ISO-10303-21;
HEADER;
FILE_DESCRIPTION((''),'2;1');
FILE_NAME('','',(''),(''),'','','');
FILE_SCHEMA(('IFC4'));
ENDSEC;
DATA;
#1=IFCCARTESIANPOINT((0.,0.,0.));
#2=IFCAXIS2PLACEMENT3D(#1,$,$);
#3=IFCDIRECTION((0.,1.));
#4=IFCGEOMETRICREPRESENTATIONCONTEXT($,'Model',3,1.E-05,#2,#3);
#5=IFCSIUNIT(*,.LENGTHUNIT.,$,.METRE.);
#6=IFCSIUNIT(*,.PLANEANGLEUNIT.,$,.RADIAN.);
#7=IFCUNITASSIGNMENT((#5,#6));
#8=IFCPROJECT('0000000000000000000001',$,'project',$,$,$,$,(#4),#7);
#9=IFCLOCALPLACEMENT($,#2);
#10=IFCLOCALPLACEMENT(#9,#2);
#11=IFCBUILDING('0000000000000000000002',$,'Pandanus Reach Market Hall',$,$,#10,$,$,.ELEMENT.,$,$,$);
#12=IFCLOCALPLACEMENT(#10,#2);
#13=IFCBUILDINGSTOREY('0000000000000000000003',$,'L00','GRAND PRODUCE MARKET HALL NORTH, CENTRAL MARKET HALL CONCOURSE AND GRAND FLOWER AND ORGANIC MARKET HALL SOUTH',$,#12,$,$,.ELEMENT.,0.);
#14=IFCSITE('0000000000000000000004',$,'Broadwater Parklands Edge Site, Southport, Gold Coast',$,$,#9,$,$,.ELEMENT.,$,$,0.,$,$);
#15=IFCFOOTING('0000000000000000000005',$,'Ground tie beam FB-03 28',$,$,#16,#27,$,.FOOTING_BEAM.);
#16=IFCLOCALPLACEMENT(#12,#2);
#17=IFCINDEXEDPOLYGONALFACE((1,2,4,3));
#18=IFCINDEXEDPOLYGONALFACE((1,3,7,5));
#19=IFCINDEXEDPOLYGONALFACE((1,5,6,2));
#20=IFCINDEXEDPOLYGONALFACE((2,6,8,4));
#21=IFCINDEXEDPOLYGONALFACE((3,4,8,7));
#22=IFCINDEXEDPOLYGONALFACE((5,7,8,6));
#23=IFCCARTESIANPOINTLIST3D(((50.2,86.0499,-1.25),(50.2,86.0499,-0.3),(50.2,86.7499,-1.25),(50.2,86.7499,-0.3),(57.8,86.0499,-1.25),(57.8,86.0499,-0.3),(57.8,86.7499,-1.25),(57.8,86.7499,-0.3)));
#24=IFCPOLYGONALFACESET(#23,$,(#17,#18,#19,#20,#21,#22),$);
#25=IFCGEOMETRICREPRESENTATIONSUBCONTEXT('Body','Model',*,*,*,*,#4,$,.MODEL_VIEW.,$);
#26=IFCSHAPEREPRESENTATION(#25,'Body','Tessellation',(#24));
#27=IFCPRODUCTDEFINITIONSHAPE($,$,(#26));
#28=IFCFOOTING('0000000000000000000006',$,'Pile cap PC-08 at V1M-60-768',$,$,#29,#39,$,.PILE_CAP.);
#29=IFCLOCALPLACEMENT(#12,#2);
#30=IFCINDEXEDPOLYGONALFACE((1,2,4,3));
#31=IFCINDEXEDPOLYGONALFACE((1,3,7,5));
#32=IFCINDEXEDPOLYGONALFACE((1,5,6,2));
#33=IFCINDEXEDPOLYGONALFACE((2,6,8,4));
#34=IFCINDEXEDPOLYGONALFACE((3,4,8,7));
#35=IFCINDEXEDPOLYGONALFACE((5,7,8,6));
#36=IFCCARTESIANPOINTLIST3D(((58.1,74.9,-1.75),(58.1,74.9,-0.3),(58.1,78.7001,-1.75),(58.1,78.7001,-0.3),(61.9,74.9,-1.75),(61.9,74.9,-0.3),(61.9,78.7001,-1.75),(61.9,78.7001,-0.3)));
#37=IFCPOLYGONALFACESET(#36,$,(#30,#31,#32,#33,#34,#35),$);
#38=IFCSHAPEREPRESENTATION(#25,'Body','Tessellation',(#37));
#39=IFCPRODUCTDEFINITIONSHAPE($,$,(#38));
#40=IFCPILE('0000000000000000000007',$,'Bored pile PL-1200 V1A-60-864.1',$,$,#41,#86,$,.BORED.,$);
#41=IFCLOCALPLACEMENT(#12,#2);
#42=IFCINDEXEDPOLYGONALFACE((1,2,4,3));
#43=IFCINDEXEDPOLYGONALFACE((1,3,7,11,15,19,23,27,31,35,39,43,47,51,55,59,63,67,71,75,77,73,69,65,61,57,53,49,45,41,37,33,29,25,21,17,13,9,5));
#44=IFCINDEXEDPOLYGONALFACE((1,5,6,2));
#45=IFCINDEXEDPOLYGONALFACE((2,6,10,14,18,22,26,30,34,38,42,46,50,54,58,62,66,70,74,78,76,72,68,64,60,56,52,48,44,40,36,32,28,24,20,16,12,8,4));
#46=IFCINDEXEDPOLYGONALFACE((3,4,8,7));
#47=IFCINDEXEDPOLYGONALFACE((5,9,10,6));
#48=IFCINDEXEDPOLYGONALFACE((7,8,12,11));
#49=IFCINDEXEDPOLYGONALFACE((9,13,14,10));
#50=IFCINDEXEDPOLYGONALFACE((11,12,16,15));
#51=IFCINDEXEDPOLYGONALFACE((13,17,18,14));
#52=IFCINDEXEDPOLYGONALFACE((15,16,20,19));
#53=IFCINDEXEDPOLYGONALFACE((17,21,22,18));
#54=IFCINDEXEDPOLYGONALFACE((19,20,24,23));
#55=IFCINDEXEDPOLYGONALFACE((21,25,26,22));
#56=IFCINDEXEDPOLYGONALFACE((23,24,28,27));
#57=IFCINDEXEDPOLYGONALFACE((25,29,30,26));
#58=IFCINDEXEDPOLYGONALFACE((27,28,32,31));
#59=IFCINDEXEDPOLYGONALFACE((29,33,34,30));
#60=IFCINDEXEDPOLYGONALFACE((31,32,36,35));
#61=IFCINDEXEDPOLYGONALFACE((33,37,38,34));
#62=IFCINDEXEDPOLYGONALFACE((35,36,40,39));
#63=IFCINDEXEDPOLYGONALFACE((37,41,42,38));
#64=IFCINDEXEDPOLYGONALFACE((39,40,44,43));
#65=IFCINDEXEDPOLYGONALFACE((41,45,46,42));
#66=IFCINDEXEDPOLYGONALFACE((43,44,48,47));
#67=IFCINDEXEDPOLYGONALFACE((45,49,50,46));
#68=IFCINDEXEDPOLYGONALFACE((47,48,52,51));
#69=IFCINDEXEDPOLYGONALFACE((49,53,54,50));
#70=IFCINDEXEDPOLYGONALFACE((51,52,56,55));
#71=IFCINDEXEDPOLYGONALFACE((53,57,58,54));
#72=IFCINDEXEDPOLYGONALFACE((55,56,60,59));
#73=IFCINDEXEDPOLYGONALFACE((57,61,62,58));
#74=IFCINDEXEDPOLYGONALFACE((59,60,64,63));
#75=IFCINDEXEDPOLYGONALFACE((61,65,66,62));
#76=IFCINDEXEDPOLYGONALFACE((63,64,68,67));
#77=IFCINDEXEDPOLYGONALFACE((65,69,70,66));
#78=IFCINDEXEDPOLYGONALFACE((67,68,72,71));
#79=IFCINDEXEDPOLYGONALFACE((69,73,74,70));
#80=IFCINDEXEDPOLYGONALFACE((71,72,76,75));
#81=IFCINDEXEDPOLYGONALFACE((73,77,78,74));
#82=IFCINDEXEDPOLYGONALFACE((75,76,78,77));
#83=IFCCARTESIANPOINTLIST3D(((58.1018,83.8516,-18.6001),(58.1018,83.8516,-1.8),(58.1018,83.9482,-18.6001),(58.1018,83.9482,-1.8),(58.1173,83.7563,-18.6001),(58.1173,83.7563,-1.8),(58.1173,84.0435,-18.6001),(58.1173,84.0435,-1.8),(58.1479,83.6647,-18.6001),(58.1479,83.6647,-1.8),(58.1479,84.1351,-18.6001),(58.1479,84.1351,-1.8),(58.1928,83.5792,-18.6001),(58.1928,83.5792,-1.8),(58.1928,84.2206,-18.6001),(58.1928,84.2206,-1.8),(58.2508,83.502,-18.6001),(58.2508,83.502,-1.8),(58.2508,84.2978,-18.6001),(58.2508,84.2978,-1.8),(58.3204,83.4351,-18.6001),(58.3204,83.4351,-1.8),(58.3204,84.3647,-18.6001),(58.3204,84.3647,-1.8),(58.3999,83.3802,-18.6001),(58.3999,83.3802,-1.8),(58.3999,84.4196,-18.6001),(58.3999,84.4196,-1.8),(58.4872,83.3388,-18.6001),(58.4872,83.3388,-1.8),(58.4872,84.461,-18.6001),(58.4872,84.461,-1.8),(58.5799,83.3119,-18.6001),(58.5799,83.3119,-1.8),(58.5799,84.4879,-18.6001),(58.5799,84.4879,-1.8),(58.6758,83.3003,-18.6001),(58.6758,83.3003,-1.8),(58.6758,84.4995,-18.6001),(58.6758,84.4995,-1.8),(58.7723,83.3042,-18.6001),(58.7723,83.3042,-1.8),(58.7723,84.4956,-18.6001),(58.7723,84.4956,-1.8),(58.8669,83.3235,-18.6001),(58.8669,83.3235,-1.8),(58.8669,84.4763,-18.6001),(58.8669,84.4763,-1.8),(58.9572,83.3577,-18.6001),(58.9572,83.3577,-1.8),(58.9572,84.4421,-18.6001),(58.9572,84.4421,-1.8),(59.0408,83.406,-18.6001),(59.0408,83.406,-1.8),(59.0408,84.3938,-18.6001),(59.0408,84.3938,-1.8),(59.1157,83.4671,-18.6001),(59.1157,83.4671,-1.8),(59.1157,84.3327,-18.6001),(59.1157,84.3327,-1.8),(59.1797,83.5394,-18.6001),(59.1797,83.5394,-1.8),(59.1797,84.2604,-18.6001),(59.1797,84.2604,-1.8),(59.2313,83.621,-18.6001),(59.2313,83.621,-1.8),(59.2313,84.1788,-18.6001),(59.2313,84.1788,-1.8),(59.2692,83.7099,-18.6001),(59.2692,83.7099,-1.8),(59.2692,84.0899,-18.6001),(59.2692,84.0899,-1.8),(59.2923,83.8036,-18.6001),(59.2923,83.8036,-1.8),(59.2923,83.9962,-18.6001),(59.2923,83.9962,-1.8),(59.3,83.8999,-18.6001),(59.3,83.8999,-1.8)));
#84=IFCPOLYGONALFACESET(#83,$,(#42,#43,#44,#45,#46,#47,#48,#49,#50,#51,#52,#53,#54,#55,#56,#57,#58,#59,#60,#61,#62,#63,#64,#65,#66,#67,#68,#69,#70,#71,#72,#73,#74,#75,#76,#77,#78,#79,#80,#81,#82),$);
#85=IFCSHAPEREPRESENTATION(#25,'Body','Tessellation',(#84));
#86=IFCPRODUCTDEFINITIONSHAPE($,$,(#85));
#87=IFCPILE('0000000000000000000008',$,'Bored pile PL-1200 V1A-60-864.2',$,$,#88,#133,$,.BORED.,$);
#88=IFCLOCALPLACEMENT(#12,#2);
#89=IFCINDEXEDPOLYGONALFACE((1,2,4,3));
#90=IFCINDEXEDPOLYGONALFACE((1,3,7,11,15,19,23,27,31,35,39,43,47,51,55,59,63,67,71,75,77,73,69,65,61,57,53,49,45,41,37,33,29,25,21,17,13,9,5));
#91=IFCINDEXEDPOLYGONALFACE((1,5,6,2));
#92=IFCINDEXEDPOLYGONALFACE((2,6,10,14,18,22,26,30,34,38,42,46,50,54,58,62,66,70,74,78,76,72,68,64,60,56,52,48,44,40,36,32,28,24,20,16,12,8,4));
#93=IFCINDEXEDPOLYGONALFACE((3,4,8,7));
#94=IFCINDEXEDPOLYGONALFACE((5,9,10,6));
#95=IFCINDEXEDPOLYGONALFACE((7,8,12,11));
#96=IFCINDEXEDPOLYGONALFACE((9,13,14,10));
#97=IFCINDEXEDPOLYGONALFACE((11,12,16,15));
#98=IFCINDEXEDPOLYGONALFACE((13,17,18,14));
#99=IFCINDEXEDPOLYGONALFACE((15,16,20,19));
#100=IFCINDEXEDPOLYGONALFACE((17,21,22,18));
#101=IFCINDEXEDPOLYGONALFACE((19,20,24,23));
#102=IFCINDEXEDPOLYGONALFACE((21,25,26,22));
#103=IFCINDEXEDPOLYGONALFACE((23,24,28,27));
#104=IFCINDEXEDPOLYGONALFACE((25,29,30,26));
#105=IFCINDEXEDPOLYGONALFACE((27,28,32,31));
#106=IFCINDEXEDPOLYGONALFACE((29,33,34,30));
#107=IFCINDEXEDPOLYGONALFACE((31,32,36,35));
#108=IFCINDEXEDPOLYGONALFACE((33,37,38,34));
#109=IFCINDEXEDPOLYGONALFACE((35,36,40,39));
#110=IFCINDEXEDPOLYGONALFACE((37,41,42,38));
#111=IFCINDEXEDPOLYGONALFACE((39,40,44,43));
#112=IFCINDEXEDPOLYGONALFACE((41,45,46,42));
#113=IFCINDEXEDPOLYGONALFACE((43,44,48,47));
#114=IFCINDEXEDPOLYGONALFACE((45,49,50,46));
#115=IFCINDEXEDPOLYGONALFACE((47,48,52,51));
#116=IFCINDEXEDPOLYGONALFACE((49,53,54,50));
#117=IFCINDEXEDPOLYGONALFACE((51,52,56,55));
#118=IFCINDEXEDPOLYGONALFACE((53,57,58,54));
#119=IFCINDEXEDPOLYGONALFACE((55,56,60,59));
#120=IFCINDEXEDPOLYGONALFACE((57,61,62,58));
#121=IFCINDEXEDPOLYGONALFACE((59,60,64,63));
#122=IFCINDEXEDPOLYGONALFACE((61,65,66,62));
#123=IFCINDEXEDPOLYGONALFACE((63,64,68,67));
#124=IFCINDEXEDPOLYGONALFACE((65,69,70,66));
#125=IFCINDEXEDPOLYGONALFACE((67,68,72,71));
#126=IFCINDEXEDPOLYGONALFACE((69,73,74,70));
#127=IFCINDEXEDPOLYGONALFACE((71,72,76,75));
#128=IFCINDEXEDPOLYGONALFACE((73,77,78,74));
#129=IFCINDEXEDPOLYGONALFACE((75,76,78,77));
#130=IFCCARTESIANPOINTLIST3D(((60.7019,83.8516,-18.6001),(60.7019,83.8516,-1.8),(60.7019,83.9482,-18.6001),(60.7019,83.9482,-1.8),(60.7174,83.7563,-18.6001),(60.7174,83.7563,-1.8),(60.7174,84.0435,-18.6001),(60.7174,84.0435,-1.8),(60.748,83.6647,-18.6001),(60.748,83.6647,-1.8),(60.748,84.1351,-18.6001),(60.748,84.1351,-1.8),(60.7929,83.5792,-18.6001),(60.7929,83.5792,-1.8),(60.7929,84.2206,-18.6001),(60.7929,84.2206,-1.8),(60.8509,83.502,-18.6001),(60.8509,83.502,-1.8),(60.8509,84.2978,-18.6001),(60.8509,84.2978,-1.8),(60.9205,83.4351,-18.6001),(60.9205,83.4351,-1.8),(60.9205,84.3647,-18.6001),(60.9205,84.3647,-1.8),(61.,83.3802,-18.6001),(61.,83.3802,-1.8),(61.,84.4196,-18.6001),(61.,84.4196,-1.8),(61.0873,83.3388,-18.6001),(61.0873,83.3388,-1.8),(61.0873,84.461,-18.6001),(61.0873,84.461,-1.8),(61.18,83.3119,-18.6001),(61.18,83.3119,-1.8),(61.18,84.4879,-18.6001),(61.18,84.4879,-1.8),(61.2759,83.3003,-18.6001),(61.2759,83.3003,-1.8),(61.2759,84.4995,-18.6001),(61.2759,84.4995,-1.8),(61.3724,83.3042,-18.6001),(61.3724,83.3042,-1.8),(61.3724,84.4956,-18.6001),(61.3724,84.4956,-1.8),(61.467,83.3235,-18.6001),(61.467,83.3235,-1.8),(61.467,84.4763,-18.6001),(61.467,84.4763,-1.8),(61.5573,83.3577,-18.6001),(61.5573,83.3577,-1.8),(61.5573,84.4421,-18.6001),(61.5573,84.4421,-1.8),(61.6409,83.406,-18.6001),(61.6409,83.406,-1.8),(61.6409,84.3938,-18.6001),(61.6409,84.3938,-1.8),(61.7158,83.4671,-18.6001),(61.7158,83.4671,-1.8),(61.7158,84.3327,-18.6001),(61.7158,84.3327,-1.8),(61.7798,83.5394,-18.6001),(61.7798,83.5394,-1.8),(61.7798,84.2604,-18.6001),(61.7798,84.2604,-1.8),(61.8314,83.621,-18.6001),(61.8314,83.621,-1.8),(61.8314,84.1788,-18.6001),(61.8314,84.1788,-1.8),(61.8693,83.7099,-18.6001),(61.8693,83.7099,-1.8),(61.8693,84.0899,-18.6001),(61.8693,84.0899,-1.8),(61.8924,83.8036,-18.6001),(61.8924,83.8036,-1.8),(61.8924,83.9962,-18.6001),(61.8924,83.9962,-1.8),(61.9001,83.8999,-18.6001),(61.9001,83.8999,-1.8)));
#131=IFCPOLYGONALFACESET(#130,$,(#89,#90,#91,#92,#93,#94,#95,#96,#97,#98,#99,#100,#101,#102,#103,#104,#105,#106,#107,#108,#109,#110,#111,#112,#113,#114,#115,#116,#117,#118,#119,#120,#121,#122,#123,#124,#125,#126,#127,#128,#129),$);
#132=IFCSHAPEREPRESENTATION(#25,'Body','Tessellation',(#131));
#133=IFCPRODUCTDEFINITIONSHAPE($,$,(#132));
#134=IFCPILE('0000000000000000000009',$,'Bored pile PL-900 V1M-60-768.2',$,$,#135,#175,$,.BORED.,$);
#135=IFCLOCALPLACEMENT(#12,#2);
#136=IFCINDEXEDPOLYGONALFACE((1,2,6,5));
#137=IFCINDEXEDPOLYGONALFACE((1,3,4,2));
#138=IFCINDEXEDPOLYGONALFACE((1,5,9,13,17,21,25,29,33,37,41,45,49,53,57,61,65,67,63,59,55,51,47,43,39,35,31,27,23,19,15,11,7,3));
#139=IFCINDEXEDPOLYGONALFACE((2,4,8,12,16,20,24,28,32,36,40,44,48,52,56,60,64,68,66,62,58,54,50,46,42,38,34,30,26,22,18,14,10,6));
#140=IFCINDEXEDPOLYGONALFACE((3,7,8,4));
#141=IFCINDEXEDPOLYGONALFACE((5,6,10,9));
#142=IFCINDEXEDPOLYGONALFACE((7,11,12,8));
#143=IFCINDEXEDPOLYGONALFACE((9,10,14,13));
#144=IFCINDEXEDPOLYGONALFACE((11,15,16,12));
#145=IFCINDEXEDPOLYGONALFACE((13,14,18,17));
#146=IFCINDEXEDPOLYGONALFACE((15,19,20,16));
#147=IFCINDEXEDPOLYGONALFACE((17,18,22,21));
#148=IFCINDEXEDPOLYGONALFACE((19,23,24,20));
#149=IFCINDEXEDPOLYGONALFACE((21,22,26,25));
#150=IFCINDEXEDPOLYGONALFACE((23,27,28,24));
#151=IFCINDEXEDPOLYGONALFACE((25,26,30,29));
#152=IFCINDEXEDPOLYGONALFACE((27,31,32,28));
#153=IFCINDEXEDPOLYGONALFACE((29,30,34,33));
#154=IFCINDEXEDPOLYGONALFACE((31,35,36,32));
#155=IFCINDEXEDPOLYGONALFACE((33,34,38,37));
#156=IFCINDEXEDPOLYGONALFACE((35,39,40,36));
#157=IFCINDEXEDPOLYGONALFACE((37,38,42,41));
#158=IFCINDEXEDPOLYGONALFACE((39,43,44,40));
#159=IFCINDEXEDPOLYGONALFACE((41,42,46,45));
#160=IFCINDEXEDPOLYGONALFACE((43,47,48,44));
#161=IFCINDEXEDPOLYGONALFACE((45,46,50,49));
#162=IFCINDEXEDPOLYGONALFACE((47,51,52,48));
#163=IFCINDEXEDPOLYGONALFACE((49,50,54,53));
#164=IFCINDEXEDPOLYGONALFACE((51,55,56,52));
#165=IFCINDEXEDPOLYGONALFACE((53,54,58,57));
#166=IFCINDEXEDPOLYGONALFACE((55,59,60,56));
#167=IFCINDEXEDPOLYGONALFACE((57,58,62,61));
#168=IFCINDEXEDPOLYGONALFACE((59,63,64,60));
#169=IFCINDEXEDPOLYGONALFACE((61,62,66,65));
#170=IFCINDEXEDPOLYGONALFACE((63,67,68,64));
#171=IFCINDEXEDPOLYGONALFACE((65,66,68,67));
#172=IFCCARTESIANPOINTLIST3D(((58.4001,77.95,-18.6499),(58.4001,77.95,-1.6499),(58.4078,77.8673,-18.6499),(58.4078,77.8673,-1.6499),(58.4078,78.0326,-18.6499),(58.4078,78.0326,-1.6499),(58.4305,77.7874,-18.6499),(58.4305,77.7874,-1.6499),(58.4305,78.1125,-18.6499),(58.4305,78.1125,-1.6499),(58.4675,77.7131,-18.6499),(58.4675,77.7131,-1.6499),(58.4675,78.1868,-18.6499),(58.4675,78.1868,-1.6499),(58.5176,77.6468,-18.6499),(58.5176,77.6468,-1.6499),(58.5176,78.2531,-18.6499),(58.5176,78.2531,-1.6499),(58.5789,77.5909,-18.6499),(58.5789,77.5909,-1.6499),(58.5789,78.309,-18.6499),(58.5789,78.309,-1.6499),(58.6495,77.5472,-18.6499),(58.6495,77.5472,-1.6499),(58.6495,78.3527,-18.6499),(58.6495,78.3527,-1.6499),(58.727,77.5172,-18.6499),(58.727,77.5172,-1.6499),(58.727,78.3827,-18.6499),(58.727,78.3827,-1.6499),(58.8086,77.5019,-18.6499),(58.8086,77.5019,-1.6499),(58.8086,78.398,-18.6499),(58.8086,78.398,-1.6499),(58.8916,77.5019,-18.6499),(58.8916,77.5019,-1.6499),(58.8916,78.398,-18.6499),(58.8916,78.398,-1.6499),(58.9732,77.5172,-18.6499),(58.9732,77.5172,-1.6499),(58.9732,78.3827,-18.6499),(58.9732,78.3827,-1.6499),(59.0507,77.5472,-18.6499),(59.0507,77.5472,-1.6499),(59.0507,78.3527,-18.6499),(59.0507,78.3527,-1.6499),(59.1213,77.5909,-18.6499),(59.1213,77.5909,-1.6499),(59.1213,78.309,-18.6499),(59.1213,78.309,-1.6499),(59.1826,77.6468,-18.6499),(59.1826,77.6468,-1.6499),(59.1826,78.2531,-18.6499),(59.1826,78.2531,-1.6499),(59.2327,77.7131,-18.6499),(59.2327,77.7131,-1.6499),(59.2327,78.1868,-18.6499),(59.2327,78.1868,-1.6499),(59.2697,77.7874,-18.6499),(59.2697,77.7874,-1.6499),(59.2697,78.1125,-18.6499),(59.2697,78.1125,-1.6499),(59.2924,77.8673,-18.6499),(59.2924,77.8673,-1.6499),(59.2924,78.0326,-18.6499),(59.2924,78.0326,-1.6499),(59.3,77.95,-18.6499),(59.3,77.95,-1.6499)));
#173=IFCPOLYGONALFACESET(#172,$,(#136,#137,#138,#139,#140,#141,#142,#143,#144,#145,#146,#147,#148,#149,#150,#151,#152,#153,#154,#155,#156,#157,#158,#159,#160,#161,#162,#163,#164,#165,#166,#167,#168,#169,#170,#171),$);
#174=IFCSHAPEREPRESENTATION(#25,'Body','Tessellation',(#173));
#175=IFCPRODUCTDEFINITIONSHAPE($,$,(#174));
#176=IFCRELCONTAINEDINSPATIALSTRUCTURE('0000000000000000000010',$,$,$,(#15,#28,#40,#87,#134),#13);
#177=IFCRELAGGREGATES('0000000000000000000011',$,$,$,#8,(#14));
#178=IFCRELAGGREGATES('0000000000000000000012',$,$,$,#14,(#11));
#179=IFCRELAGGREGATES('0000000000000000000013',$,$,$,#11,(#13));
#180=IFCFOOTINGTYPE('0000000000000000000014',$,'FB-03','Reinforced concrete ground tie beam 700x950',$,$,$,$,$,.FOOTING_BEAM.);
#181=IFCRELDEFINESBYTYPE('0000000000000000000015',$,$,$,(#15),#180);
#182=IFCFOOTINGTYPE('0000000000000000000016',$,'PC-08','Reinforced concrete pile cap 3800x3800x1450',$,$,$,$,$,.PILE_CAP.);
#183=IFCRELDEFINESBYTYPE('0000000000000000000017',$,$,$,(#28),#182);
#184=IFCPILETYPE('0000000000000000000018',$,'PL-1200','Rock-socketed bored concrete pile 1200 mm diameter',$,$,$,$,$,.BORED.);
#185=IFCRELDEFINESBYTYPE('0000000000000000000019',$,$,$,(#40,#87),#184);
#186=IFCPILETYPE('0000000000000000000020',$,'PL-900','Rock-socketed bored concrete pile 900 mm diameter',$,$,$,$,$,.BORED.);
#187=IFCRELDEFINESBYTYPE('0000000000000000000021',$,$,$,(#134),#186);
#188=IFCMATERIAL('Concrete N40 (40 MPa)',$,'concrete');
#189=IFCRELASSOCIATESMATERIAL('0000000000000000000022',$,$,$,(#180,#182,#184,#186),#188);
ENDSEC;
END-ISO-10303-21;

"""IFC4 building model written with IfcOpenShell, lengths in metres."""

from ifc_helpers import new_model, si_unit, direction, frame, origin, origin_2d, place, context, subcontext, project, spatial, rectangle, circle, extrude, material, material_profile, profile_set, type_object, element, save


model = new_model("IFC4")

# Units and contexts
model_context = context("Model", 3, precision=1e-05, world=origin(), true_north=direction((0.0, 1.0)))
body_context = subcontext(model_context, "Body", "Model", "MODEL_VIEW")
ifc_project = project(units=[si_unit("LENGTHUNIT", "METRE"), si_unit("PLANEANGLEUNIT", "RADIAN")], contexts=[model_context])

# Site, building, storey
site_placement = place(None, origin())
site = spatial("IfcSite", under=ifc_project, at=site_placement, Name="Broadwater Parklands Edge Site, Southport, Gold Coast", CompositionType="ELEMENT", RefElevation=0.0)
building_placement = place(site_placement, origin())
building = spatial("IfcBuilding", under=site, at=building_placement, Name="Pandanus Reach Market Hall", CompositionType="ELEMENT")
storey_placement = place(building_placement, origin())
storey = spatial("IfcBuildingStorey", under=building, at=storey_placement, Name="L00", Description="GRAND PRODUCE MARKET HALL NORTH, CENTRAL MARKET HALL CONCOURSE AND GRAND FLOWER AND ORGANIC MARKET HALL SOUTH", CompositionType="ELEMENT", Elevation=0.0)

# Footings
ifc_material_1 = material(Name="Concrete N40 (40 MPa)", Category="concrete")
footing_type_1 = type_object("IfcFootingType", Name="FB-03", Description="Reinforced concrete ground tie beam 700x950", PredefinedType="FOOTING_BEAM", material=ifc_material_1)
footing_1_placement = place(storey_placement, frame((54.0, 86.3999, -1.25), z_axis=(0.0, 0.0, 1.0), x_axis=(1.0, 0.0, 0.0)))
element("IfcFooting", 1, at=footing_1_placement, inside=storey, type_object=footing_type_1, Name="Ground tie beam FB-03 28", PredefinedType="FOOTING_BEAM", context=body_context, shape_type="SweptSolid", body=[
    extrude(rectangle(XDim=7.6001, YDim=0.7, at=origin_2d()), origin(), (0.0, 0.0, 1.0), 0.95),
])
footing_type_2 = type_object("IfcFootingType", Name="PC-08", Description="Reinforced concrete pile cap 3800x3800x1450", PredefinedType="PILE_CAP", material=ifc_material_1)
footing_2_placement = place(storey_placement, frame((60.0, 76.8, -1.75), z_axis=(0.0, 0.0, 1.0), x_axis=(1.0, 0.0, 0.0)))
element("IfcFooting", 2, at=footing_2_placement, inside=storey, type_object=footing_type_2, Name="Pile cap PC-08 at V1M-60-768", PredefinedType="PILE_CAP", context=body_context, shape_type="SweptSolid", body=[
    extrude(rectangle(XDim=3.8, YDim=3.8, at=origin_2d()), origin(), (0.0, 0.0, 1.0), 1.45),
])

# Piles
ifc_material_profile_1 = material_profile(ifc_material_1, circle(Radius=0.6001, at=origin_2d()), Name="PILE-1200D", Category="LoadBearing")
ifc_profile_set_1 = profile_set([ifc_material_profile_1], Name="Concrete N40 (40 MPa)")
pile_type_1 = type_object("IfcPileType", Name="PL-1200", Description="Rock-socketed bored concrete pile 1200 mm diameter", PredefinedType="BORED", material=ifc_profile_set_1)
for number, where, z_axis, x_axis, name in (
    (3, (58.7, 83.8999, -1.8), (0.0, 0.0, -1.0), (1.0, 0.0, 0.0), "Bored pile PL-1200 V1A-60-864.1"),
    (4, (61.3, 83.8999, -1.8), (0.0, 0.0, -1.0), (1.0, 0.0, 0.0), "Bored pile PL-1200 V1A-60-864.2"),
):
    element("IfcPile", number, at=place(storey_placement, frame(where, z_axis=z_axis, x_axis=x_axis)), inside=storey, type_object=pile_type_1, Name=name, PredefinedType="BORED", context=body_context, shape_type="SweptSolid", body=[
        extrude(circle(Radius=0.6001, at=origin_2d()), origin(), (0.0, 0.0, 1.0), 16.8),
    ])
ifc_material_profile_2 = material_profile(ifc_material_1, circle(Radius=0.45, at=origin_2d()), Name="PILE-900D", Category="LoadBearing")
ifc_profile_set_2 = profile_set([ifc_material_profile_2], Name="Concrete N40 (40 MPa)")
pile_type_2 = type_object("IfcPileType", Name="PL-900", Description="Rock-socketed bored concrete pile 900 mm diameter", PredefinedType="BORED", material=ifc_profile_set_2)
for number, where, z_axis, x_axis, name in (
    (5, (58.8501, 77.95, -1.6499), (0.0, 0.0, -1.0), (1.0, 0.0, 0.0), "Bored pile PL-900 V1M-60-768.2"),
):
    element("IfcPile", number, at=place(storey_placement, frame(where, z_axis=z_axis, x_axis=x_axis)), inside=storey, type_object=pile_type_2, Name=name, PredefinedType="BORED", context=body_context, shape_type="SweptSolid", body=[
        extrude(circle(Radius=0.45, at=origin_2d()), origin(), (0.0, 0.0, 1.0), 17.0),
    ])

save(model, "model.ifc")
